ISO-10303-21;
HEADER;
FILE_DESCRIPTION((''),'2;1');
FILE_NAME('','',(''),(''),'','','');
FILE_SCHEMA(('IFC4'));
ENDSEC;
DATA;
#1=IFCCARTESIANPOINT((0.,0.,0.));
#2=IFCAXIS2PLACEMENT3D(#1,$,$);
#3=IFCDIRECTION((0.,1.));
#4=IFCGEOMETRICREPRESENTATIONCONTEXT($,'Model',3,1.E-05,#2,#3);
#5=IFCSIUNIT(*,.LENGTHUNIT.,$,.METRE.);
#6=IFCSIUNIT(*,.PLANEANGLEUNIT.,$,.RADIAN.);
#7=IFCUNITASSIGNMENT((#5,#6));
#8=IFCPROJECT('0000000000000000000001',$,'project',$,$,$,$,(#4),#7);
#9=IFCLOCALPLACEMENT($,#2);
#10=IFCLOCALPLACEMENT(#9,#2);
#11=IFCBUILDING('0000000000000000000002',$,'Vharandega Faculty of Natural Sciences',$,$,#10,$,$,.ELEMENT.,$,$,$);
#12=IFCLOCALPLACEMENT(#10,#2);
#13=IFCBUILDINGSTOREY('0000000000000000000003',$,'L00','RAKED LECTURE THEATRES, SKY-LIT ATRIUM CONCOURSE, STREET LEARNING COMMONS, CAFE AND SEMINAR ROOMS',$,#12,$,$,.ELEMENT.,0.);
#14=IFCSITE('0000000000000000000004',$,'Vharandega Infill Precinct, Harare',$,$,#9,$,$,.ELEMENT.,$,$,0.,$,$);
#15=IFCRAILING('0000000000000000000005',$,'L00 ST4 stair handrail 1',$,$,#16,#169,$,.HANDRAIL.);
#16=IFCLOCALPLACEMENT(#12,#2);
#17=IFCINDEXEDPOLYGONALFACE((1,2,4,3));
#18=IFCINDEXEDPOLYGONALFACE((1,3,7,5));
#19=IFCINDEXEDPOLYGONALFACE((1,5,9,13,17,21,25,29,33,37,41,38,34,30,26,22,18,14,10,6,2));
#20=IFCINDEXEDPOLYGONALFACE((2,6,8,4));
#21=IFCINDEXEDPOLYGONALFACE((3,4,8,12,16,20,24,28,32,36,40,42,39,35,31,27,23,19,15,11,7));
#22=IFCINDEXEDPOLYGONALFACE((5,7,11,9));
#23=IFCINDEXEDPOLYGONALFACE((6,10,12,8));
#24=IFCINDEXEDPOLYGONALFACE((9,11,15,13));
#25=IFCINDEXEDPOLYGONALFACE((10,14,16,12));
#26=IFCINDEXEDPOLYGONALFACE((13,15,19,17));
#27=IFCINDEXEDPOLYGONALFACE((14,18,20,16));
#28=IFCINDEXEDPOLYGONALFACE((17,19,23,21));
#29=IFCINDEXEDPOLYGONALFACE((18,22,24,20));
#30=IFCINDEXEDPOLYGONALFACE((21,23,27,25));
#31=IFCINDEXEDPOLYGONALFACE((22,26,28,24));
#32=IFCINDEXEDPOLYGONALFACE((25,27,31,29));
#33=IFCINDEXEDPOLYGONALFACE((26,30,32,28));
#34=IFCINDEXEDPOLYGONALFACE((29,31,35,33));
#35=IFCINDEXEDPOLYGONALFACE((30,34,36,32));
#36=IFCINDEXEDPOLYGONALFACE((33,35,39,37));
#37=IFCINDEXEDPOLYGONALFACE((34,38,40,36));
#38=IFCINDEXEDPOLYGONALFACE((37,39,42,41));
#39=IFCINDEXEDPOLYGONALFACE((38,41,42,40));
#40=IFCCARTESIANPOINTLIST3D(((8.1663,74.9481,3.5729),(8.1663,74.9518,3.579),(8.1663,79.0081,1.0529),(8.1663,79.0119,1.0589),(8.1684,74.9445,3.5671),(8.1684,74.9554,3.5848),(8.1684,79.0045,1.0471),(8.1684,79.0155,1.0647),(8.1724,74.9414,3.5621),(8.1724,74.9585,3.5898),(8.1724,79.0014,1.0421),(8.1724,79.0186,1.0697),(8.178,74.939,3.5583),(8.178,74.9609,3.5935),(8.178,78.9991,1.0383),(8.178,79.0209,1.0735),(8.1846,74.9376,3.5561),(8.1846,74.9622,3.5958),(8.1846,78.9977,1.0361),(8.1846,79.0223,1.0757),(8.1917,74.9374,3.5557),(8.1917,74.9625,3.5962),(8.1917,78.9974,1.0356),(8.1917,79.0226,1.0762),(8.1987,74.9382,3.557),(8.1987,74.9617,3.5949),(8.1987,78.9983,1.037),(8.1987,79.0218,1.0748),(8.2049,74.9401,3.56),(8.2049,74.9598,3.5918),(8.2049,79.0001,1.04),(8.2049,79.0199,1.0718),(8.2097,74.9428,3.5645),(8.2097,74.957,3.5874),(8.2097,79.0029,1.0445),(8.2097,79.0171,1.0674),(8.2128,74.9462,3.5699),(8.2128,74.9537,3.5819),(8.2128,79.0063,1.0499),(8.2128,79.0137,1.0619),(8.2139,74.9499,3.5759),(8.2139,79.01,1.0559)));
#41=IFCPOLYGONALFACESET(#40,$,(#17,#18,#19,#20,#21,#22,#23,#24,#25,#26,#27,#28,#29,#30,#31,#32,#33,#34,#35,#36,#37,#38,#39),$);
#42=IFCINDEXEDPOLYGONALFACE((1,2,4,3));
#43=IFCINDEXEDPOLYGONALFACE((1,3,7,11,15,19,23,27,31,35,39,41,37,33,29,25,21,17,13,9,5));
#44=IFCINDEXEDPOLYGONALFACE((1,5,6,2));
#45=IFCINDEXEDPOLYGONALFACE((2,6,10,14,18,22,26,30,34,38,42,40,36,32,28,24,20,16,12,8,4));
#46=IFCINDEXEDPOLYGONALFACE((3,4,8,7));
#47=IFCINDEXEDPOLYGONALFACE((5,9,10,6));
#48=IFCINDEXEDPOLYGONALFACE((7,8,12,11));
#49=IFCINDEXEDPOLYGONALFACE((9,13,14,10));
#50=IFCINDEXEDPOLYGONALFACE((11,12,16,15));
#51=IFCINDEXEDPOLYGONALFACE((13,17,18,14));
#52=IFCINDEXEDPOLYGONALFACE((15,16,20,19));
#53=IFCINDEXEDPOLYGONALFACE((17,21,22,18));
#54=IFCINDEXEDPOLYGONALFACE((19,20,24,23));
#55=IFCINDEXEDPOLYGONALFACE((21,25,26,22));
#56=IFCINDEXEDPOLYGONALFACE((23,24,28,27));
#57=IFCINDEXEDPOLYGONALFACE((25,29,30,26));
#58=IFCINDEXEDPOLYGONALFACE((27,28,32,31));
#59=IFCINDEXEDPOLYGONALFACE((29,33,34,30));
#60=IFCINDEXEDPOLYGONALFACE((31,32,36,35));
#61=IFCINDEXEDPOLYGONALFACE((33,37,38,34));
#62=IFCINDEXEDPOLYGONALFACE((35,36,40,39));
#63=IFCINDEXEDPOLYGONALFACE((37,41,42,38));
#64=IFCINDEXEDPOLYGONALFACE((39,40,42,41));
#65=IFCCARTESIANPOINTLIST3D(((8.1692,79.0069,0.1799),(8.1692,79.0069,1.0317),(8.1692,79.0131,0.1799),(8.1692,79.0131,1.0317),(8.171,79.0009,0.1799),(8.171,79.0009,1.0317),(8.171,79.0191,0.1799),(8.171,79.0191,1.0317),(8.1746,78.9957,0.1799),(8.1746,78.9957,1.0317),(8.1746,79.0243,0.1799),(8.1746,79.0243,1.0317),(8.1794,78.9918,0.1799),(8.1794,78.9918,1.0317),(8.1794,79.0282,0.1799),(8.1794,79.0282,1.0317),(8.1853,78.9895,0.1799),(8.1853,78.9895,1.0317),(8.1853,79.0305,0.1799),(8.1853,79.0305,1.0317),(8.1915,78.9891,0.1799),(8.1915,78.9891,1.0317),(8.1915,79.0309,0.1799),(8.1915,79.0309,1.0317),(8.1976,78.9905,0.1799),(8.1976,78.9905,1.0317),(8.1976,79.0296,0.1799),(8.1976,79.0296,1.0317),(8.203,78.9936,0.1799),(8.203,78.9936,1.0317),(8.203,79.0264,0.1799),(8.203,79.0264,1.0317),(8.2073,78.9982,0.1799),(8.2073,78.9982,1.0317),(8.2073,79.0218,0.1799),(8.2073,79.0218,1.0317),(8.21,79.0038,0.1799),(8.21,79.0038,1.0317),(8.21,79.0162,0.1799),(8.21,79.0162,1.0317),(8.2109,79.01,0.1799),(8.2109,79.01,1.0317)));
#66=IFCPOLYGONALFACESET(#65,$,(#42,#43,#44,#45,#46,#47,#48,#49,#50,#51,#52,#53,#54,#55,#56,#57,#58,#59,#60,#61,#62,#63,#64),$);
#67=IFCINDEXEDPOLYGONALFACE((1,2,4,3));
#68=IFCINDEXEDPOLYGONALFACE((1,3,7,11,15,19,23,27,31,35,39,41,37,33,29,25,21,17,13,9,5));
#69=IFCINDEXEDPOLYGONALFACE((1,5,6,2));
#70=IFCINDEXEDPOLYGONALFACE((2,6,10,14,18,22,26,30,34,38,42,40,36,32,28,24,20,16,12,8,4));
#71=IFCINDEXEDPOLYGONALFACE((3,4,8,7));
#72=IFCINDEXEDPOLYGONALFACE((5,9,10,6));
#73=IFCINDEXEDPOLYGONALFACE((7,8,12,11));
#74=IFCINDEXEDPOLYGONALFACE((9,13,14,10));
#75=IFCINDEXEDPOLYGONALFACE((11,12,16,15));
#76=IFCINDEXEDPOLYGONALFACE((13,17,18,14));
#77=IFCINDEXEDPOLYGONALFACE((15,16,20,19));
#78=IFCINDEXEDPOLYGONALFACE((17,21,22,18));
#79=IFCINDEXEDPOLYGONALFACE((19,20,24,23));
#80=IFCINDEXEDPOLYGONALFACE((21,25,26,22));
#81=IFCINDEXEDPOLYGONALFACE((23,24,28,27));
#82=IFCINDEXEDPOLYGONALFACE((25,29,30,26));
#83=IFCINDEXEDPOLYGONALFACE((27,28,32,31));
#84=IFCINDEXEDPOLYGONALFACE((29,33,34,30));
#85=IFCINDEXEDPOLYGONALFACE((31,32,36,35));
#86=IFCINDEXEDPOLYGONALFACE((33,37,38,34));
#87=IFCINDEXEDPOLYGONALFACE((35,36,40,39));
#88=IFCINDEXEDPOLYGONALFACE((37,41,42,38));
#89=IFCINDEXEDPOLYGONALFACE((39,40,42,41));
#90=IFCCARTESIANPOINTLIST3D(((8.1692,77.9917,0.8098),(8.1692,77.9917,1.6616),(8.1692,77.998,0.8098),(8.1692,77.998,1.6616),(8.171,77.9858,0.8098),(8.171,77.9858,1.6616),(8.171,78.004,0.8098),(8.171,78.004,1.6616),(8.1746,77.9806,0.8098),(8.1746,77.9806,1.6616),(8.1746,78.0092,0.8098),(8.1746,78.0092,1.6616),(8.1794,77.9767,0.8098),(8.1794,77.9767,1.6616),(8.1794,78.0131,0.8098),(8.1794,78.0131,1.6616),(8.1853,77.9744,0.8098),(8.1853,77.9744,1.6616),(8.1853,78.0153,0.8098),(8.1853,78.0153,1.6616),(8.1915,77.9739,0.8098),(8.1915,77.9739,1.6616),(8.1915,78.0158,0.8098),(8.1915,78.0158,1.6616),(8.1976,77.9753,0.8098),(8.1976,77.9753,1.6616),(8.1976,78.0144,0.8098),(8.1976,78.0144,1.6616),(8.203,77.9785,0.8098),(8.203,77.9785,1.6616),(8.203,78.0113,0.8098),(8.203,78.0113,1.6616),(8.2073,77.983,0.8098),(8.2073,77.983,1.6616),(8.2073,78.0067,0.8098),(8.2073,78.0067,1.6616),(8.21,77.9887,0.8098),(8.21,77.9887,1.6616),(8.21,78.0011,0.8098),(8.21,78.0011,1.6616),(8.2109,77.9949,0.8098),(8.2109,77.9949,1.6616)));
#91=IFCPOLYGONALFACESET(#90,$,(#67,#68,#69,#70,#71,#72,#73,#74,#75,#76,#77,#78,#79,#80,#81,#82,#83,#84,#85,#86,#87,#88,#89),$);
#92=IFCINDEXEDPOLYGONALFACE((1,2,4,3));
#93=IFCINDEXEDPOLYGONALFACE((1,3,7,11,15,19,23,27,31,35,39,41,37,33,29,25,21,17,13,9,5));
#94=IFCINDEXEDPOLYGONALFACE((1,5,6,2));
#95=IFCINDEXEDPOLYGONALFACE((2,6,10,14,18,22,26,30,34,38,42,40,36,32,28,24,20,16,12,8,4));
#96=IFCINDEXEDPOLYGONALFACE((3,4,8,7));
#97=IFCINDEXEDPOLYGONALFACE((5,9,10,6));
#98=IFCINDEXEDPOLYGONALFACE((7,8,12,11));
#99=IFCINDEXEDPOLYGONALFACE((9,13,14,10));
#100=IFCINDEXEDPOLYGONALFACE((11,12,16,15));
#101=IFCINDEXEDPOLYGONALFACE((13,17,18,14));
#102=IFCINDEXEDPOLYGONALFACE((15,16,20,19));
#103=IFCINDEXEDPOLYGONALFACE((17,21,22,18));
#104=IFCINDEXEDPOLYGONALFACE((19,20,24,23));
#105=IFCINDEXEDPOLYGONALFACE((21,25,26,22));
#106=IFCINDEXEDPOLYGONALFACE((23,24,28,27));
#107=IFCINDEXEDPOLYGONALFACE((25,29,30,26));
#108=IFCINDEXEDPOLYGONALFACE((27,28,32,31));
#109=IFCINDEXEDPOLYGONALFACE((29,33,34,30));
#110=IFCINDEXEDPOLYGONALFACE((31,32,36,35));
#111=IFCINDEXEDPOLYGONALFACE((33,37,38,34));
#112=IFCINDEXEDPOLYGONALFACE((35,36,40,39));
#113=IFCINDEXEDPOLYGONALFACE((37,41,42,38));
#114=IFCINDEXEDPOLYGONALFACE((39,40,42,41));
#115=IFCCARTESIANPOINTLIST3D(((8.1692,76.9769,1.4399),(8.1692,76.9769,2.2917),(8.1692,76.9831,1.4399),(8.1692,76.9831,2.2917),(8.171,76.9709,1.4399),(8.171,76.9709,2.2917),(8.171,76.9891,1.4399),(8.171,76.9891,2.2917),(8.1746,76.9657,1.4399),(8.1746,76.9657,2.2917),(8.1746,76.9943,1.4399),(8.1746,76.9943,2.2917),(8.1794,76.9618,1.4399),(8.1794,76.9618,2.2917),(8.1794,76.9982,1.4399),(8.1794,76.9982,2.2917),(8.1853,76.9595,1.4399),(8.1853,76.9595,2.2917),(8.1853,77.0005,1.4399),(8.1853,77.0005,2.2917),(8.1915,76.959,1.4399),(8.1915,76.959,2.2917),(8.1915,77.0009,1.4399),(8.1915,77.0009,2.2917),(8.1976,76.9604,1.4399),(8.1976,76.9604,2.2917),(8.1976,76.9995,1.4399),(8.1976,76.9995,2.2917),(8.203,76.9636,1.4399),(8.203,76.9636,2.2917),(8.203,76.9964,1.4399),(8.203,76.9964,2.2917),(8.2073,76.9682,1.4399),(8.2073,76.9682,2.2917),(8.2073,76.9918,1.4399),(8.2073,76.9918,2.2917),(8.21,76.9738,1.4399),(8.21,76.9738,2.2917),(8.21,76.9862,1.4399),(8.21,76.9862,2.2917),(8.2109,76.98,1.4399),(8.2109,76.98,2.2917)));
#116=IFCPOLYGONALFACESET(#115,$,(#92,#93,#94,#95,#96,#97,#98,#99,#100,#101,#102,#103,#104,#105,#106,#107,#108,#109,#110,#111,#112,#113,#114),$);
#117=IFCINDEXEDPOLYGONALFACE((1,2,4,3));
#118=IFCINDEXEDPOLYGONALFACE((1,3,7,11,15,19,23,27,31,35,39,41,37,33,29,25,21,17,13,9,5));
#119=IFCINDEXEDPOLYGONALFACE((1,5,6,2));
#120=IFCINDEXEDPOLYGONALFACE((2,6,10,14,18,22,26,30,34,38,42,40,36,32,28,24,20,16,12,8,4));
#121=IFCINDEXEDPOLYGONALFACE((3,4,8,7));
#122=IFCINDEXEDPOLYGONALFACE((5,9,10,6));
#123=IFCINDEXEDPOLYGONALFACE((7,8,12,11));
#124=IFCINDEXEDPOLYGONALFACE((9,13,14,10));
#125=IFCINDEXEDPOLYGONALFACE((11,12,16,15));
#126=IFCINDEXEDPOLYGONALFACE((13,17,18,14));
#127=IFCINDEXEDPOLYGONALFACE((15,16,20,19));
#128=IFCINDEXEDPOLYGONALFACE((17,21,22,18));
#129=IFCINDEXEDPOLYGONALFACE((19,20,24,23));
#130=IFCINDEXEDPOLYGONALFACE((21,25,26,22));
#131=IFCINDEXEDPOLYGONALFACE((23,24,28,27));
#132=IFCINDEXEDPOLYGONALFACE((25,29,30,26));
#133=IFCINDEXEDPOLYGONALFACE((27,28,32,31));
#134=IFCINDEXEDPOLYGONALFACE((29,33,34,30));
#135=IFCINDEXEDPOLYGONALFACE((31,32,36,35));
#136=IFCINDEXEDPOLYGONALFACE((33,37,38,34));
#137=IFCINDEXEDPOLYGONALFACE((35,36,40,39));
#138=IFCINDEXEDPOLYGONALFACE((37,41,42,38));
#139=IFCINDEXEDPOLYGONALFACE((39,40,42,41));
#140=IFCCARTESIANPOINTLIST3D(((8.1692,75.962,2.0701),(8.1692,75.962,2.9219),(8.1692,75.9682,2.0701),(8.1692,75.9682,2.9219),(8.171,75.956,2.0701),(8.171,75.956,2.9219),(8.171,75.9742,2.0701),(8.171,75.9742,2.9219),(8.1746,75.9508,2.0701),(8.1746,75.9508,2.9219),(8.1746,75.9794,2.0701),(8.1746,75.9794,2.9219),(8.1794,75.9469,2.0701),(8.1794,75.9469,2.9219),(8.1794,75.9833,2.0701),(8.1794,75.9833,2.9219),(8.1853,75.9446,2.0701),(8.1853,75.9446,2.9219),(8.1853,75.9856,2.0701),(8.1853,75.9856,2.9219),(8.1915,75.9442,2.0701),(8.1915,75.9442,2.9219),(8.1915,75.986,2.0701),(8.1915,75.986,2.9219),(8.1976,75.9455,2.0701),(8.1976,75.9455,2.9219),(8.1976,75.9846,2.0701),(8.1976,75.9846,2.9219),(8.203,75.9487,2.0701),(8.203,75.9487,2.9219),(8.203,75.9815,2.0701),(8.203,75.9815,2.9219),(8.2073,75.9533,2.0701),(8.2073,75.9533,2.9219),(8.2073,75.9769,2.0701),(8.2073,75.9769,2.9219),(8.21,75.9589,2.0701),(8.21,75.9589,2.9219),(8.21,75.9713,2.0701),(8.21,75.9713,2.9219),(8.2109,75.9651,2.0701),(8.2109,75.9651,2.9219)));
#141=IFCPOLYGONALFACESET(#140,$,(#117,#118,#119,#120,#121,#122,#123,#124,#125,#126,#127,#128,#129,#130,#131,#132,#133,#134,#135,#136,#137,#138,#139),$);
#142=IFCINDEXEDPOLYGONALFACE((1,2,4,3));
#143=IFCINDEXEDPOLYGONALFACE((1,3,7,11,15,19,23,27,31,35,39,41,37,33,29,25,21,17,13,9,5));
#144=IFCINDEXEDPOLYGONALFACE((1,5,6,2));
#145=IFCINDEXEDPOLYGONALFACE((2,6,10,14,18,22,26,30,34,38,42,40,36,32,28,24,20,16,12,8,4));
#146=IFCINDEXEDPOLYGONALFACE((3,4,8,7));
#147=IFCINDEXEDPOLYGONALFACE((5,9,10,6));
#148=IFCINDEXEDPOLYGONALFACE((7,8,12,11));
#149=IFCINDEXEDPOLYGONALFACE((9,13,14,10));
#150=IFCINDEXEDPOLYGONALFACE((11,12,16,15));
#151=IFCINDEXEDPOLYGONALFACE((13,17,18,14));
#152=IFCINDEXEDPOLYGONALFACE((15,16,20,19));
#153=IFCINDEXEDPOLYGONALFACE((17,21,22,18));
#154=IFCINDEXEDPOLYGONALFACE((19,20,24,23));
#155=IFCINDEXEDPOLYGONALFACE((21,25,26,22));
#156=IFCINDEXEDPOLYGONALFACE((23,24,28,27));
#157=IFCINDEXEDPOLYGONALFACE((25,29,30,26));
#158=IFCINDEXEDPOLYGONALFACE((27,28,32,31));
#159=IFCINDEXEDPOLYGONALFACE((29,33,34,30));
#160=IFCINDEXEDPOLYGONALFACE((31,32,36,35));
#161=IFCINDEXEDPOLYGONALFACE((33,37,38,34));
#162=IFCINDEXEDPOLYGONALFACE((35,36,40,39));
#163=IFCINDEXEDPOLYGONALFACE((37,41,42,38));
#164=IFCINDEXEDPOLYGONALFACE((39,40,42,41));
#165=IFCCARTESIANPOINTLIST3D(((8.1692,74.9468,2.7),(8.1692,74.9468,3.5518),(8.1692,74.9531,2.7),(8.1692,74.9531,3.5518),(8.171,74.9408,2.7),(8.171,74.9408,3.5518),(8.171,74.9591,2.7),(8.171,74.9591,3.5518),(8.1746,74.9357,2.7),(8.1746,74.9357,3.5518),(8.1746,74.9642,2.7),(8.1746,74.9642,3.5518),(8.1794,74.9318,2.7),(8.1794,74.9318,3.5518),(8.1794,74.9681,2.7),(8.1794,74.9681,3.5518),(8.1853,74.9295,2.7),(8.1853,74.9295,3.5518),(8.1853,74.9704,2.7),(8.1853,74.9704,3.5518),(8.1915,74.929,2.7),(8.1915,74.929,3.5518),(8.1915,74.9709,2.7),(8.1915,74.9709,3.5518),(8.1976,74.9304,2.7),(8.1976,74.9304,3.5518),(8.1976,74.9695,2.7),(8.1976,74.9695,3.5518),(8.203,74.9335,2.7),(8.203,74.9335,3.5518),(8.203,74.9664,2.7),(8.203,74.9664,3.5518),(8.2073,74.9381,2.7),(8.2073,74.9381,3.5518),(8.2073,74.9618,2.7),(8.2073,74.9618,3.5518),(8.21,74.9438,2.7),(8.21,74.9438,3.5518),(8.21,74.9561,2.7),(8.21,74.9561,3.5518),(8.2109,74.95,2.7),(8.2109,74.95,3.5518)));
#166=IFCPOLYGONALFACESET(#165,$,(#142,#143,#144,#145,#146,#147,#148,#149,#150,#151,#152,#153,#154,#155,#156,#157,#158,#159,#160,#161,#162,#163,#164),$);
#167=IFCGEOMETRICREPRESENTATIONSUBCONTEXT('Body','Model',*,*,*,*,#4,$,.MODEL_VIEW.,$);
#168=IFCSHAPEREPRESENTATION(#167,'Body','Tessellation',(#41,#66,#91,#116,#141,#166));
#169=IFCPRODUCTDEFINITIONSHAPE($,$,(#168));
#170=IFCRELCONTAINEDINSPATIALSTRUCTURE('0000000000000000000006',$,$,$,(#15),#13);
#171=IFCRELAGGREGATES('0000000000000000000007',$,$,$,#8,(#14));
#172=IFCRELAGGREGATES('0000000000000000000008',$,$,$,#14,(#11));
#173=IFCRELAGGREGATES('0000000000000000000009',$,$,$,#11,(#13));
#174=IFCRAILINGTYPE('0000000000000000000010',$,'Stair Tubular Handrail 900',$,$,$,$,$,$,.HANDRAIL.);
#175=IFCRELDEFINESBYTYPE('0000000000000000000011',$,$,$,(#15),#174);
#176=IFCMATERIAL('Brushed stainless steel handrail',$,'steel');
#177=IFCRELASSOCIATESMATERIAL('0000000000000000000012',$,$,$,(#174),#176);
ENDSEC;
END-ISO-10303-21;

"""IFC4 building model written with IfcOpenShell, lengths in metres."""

from ifc_helpers import new_model, si_unit, direction, frame, origin, origin_2d, place, context, subcontext, project, spatial, circle, extrude, material, type_object, element, save


model = new_model("IFC4")

# Units and contexts
model_context = context("Model", 3, precision=1e-05, world=origin(), true_north=direction((0.0, 1.0)))
body_context = subcontext(model_context, "Body", "Model", "MODEL_VIEW")
ifc_project = project(units=[si_unit("LENGTHUNIT", "METRE"), si_unit("PLANEANGLEUNIT", "RADIAN")], contexts=[model_context])

# Site, building, storey
site_placement = place(None, origin())
site = spatial("IfcSite", under=ifc_project, at=site_placement, Name="Vharandega Infill Precinct, Harare", CompositionType="ELEMENT", RefElevation=0.0)
building_placement = place(site_placement, origin())
building = spatial("IfcBuilding", under=site, at=building_placement, Name="Vharandega Faculty of Natural Sciences", CompositionType="ELEMENT")
storey_placement = place(building_placement, origin())
storey = spatial("IfcBuildingStorey", under=building, at=storey_placement, Name="L00", Description="RAKED LECTURE THEATRES, SKY-LIT ATRIUM CONCOURSE, STREET LEARNING COMMONS, CAFE AND SEMINAR ROOMS", CompositionType="ELEMENT", Elevation=0.0)

# Railing
ifc_material_1 = material(Name="Brushed stainless steel handrail", Category="steel")
railing_type_1 = type_object("IfcRailingType", Name="Stair Tubular Handrail 900", PredefinedType="HANDRAIL", material=ifc_material_1)
railing_1_placement = place(storey_placement, frame((8.1899, 79.01, 0.1799)))
element("IfcRailing", 1, at=railing_1_placement, inside=storey, type_object=railing_type_1, Name="L00 ST4 stair handrail 1", PredefinedType="HANDRAIL", context=body_context, shape_type="SweptSolid", body=[
    extrude(circle(Radius=0.0239, at=origin_2d()), frame((0.0, 0.0, 0.876), z_axis=(0.0, -0.849642, 0.52736), x_axis=(1.0, 0.0, 0.0)), (0.0, 0.0, 1.0), 4.7786),
    extrude(circle(Radius=0.021, at=origin_2d()), origin(), (0.0, 0.0, 1.0), 0.8518),
    extrude(circle(Radius=0.021, at=origin_2d()), frame((0.0, -1.0151, 0.6299)), (0.0, 0.0, 1.0), 0.8518),
    extrude(circle(Radius=0.021, at=origin_2d()), frame((0.0, -2.03, 1.26)), (0.0, 0.0, 1.0), 0.8518),
    extrude(circle(Radius=0.021, at=origin_2d()), frame((0.0, -3.0449, 1.8901)), (0.0, 0.0, 1.0), 0.8518),
    extrude(circle(Radius=0.021, at=origin_2d()), frame((0.0, -4.0601, 2.52)), (0.0, 0.0, 1.0), 0.8518),
])

save(model, "model.ifc")
